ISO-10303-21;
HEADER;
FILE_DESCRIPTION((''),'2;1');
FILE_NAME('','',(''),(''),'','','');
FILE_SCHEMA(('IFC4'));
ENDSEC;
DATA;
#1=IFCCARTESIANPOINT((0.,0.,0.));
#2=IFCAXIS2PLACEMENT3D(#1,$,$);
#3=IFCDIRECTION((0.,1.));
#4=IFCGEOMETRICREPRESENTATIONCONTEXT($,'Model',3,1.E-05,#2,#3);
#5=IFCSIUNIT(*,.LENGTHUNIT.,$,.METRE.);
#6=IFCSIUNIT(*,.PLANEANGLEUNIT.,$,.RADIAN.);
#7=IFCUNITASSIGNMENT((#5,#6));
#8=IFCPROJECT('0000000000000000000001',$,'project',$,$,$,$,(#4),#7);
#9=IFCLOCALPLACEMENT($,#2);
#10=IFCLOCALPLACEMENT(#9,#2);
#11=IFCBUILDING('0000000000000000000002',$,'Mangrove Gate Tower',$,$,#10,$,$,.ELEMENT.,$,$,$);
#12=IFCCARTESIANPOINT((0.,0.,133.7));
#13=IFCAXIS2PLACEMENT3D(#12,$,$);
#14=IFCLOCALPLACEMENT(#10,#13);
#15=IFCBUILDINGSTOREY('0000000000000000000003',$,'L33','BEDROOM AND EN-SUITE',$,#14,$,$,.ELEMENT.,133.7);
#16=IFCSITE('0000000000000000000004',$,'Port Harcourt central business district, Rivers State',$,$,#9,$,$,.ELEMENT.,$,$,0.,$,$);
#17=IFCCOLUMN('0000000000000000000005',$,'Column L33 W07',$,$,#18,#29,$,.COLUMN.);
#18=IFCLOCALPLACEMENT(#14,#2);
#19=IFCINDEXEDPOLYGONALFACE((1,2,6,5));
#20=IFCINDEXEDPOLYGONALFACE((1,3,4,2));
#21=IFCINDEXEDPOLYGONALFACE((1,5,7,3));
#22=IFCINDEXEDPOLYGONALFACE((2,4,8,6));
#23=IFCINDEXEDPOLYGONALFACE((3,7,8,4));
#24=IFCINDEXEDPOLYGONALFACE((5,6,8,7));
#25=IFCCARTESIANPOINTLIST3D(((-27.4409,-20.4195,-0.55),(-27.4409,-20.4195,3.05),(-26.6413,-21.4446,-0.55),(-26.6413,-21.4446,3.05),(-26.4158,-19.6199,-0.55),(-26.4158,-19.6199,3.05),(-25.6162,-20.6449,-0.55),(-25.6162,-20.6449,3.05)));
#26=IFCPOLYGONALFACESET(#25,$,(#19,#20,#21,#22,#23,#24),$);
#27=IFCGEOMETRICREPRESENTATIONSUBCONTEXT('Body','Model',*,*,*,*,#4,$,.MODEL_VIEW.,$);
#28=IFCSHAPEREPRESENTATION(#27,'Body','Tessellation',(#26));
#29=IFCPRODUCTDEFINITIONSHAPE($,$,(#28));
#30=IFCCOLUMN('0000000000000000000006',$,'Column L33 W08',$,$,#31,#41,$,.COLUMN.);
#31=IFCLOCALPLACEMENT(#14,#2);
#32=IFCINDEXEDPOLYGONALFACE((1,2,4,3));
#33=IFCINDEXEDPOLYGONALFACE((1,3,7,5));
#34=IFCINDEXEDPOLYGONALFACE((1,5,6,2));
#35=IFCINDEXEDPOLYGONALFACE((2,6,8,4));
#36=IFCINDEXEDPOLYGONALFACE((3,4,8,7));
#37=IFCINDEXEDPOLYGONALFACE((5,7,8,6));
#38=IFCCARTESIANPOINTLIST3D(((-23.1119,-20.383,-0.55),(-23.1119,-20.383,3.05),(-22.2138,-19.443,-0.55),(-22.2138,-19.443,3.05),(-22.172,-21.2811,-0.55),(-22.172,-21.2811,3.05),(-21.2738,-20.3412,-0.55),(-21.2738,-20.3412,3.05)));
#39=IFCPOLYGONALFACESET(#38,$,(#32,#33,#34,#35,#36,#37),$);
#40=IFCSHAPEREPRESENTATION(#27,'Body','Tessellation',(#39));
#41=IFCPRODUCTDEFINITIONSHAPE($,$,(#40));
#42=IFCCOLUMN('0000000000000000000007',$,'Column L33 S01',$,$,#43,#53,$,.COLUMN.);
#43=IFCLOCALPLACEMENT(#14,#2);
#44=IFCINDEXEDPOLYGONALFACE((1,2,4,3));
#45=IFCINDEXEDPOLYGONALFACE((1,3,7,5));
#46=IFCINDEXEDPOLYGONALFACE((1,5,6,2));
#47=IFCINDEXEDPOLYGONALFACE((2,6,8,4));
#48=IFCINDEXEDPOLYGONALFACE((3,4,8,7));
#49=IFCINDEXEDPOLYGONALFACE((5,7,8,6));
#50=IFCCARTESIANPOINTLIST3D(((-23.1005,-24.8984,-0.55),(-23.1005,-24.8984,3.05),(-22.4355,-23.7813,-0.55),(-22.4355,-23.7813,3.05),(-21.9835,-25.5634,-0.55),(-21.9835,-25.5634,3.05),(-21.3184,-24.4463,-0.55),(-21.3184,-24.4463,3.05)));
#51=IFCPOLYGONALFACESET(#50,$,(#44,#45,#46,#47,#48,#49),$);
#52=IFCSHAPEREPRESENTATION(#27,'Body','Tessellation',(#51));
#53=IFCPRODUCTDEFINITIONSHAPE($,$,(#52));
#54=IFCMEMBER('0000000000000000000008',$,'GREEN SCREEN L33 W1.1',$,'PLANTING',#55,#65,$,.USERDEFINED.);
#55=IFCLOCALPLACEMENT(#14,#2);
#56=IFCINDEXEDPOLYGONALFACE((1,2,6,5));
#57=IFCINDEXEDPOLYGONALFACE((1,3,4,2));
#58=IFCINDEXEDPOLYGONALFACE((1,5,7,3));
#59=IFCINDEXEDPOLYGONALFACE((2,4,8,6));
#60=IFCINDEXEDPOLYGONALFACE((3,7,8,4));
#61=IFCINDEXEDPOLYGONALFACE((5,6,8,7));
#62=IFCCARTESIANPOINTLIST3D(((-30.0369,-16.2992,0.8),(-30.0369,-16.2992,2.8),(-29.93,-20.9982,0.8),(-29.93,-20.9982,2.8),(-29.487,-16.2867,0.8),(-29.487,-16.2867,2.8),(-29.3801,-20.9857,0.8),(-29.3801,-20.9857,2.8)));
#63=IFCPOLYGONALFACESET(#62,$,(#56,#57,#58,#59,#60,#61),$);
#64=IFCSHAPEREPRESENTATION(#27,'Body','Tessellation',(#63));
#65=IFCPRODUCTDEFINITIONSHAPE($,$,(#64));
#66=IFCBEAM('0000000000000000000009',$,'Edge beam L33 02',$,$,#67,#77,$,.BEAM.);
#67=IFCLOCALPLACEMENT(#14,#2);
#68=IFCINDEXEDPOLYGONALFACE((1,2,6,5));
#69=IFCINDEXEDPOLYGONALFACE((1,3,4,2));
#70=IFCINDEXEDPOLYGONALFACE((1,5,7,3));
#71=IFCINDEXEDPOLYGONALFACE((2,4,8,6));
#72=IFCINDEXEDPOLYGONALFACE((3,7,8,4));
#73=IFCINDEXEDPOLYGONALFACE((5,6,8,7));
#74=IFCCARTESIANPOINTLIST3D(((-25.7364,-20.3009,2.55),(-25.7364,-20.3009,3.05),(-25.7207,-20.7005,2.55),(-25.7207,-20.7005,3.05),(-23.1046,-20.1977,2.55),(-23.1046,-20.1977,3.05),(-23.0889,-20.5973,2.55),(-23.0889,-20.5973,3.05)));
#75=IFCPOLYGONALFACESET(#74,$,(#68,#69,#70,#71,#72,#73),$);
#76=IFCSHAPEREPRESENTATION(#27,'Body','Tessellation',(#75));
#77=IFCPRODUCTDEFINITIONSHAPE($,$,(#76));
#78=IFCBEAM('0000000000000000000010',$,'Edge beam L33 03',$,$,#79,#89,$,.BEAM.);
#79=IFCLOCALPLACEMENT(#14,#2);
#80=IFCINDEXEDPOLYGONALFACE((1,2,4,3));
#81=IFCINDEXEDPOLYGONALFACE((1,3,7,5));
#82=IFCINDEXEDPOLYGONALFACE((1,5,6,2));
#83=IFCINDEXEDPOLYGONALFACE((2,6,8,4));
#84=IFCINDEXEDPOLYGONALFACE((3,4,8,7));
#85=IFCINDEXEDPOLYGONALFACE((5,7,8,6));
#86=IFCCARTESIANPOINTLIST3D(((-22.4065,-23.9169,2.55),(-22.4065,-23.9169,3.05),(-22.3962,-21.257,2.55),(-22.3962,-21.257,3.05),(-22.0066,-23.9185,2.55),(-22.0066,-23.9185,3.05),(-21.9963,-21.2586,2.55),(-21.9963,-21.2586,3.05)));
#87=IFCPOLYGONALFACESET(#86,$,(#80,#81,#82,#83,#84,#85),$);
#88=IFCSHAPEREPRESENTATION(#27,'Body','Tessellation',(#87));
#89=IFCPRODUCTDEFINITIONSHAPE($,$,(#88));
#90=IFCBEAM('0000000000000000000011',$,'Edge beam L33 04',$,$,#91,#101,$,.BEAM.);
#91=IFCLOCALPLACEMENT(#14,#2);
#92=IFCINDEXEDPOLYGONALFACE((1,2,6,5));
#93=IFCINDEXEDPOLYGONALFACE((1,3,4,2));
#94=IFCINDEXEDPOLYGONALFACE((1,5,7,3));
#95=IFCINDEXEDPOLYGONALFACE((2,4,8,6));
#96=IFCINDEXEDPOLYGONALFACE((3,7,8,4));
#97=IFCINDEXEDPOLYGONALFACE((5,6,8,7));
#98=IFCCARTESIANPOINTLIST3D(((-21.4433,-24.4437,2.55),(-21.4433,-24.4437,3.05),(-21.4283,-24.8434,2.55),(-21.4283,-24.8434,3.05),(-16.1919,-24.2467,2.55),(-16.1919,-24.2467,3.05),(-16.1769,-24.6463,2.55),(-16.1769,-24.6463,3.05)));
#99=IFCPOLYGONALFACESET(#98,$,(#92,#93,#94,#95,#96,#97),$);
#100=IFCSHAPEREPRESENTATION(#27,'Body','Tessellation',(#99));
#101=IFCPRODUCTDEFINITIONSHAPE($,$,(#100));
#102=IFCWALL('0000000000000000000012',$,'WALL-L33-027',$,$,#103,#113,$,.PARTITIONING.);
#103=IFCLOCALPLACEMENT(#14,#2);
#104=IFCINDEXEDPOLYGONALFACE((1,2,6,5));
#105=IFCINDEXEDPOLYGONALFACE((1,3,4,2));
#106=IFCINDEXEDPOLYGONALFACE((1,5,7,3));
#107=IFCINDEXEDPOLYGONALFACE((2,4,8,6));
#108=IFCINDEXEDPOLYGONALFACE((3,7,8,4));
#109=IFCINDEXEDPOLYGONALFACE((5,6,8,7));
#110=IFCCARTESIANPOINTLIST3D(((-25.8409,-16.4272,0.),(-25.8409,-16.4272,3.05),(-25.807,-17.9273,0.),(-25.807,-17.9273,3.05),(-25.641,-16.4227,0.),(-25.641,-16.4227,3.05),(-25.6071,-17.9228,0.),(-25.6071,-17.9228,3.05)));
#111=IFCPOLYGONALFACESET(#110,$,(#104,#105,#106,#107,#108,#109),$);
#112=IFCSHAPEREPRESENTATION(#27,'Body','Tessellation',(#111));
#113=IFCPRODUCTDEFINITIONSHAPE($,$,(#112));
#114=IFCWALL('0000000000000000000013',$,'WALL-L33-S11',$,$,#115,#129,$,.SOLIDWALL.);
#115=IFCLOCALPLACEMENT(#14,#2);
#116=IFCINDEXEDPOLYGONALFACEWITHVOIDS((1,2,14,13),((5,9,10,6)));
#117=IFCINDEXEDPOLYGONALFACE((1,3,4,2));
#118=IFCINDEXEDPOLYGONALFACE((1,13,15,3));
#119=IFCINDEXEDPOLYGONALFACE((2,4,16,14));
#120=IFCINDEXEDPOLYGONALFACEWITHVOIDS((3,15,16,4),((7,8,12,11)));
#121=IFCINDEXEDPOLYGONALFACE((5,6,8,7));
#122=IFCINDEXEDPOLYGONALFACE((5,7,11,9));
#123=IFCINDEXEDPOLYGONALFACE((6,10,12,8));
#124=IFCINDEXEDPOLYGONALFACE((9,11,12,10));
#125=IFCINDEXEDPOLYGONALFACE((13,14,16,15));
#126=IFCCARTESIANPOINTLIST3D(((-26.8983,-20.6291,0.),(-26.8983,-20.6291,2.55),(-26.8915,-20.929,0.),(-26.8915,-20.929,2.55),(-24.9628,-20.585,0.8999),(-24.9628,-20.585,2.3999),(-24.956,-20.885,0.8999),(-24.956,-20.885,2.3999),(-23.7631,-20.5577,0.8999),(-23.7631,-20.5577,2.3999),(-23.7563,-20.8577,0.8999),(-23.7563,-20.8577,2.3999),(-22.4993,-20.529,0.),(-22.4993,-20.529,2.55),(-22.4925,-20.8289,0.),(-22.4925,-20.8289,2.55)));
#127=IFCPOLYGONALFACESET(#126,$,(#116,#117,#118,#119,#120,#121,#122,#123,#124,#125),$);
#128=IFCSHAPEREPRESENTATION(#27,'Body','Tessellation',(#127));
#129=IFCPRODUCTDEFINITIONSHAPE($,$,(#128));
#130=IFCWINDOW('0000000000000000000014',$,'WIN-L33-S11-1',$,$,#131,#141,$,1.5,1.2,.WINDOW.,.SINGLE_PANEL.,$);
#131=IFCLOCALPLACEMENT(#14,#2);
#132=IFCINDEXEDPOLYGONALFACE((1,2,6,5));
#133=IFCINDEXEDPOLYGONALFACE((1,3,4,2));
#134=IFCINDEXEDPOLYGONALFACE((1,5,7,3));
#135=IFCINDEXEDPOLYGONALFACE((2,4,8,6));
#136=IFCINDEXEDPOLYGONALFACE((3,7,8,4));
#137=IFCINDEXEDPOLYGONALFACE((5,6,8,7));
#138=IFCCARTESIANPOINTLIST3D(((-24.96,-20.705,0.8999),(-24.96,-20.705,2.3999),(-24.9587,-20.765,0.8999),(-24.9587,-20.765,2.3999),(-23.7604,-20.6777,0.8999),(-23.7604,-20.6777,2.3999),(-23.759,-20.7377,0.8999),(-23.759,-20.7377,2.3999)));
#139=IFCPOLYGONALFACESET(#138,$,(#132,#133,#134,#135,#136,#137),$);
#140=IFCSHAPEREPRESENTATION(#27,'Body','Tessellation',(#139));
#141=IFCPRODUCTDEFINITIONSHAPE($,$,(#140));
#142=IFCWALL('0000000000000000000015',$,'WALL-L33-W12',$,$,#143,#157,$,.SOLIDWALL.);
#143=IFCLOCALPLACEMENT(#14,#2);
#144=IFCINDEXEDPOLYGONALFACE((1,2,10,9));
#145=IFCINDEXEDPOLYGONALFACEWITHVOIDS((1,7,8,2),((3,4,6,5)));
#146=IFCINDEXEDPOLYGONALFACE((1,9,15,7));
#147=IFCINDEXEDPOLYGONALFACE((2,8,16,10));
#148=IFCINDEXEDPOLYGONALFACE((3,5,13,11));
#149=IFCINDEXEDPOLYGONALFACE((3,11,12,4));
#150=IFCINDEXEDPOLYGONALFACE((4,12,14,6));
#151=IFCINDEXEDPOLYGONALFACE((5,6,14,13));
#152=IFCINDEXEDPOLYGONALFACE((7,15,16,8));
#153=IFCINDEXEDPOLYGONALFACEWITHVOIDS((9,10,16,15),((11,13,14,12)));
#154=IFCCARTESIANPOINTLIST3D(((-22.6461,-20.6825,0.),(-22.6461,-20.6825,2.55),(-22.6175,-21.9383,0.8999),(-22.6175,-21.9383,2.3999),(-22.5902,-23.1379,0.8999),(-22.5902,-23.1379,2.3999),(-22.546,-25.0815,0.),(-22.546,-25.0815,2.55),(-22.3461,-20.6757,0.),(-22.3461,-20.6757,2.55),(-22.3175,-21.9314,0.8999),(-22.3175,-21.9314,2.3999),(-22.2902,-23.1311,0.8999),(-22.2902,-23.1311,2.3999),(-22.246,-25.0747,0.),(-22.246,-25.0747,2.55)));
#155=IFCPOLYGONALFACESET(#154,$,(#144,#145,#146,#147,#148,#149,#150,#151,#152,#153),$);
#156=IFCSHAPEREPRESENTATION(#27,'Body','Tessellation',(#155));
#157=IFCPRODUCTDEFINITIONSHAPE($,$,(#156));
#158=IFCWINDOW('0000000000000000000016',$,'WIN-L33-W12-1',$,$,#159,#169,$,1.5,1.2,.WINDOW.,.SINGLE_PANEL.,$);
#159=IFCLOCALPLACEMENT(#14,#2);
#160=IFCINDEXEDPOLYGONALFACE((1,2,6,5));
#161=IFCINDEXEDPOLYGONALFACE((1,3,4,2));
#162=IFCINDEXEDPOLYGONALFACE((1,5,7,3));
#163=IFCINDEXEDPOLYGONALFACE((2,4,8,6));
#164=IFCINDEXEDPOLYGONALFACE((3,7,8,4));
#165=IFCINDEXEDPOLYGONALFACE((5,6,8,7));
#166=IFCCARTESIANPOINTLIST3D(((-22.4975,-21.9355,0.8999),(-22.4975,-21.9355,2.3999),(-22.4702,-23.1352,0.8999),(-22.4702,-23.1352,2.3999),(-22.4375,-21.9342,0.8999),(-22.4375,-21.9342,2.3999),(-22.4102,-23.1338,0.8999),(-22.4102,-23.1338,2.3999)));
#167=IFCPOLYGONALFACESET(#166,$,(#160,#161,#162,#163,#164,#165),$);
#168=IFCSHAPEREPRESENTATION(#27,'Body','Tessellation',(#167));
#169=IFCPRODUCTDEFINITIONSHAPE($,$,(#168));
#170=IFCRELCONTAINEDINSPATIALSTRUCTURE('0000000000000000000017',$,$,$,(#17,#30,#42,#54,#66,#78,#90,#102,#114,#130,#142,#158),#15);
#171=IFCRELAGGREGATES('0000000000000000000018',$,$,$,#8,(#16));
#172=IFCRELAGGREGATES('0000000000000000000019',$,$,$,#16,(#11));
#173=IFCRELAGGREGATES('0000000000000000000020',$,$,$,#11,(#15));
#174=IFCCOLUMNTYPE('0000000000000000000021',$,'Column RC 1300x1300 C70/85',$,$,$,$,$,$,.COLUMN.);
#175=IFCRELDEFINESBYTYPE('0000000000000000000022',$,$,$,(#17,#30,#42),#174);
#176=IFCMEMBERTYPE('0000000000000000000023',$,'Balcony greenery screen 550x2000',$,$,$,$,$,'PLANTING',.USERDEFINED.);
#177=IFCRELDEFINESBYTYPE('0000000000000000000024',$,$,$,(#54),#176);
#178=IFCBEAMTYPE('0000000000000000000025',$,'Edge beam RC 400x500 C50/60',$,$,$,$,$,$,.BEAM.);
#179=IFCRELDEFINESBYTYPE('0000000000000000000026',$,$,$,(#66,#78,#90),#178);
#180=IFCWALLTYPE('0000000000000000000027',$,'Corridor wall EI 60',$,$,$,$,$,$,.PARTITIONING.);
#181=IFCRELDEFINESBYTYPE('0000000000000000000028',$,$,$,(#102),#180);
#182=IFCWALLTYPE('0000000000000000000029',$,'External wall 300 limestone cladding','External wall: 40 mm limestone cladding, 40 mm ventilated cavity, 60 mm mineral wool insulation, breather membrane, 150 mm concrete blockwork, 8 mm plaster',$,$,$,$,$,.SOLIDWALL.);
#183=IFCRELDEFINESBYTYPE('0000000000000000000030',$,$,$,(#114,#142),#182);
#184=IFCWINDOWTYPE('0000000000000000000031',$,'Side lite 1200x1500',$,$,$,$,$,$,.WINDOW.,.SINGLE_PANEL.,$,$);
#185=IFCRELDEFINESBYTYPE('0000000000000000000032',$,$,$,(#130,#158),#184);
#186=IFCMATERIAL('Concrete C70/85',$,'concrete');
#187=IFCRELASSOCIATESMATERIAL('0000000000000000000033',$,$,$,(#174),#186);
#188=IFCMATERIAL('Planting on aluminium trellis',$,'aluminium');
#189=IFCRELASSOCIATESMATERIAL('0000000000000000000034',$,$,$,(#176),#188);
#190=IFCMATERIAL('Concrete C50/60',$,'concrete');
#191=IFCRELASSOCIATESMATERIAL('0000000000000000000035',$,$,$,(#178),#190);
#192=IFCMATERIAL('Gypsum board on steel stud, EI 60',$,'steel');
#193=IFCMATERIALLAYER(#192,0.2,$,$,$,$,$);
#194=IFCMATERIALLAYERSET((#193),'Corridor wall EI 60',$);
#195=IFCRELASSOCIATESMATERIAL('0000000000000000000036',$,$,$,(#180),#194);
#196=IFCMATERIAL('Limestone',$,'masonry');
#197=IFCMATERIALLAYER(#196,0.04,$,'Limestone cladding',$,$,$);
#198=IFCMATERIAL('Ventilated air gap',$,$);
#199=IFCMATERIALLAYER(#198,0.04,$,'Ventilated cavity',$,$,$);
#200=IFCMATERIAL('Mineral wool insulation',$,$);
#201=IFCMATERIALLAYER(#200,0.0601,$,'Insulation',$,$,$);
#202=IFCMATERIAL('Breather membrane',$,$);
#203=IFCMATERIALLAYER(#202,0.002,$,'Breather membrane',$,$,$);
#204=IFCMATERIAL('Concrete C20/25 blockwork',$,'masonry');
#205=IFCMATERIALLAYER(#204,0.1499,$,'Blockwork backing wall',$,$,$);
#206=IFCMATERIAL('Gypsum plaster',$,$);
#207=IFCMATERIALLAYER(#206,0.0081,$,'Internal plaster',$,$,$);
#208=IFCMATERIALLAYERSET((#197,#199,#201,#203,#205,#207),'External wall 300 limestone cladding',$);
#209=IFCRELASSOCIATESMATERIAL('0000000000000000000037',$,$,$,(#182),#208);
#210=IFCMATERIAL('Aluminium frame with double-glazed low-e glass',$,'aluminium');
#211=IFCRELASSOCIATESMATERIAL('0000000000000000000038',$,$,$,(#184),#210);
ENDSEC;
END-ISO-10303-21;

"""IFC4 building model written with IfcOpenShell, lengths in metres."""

from ifc_helpers import new_model, si_unit, direction, frame, frame_2d, origin, origin_2d, place, context, subcontext, project, spatial, rectangle, extrude, material, layer, layer_set, material_profile, profile_set, type_object, element, fill, save


model = new_model("IFC4")

# Units and contexts
model_context = context("Model", 3, precision=1e-05, world=origin(), true_north=direction((0.0, 1.0)))
body_context = subcontext(model_context, "Body", "Model", "MODEL_VIEW")
ifc_project = project(units=[si_unit("LENGTHUNIT", "METRE"), si_unit("PLANEANGLEUNIT", "RADIAN")], contexts=[model_context])

# Site, building, storey
site_placement = place(None, origin())
site = spatial("IfcSite", under=ifc_project, at=site_placement, Name="Port Harcourt central business district, Rivers State", CompositionType="ELEMENT", RefElevation=0.0)
building_placement = place(site_placement, origin())
building = spatial("IfcBuilding", under=site, at=building_placement, Name="Mangrove Gate Tower", CompositionType="ELEMENT")
storey_placement = place(building_placement, frame((0.0, 0.0, 133.7)))
storey = spatial("IfcBuildingStorey", under=building, at=storey_placement, Name="L33", Description="BEDROOM AND EN-SUITE", CompositionType="ELEMENT", Elevation=133.7)

# Columns
ifc_material_1 = material(Name="Concrete C70/85", Category="concrete")
ifc_material_profile_1 = material_profile(ifc_material_1, rectangle(XDim=1.3, YDim=1.3, at=origin_2d()))
ifc_profile_set_1 = profile_set([ifc_material_profile_1], Name="Concrete C70/85")
column_type = type_object("IfcColumnType", Name="Column RC 1300x1300 C70/85", PredefinedType="COLUMN", material=ifc_profile_set_1)
for number, where, z_axis, x_axis, name in (
    (1, (-26.5286, -20.5322, -0.55), (0.0, 0.0, 1.0), (0.615067, -0.788475, 0.0), "Column L33 W07"),
    (2, (-22.1929, -20.3621, -0.55), (0.0, 0.0, 1.0), (0.722994, -0.690854, 0.0), "Column L33 W08"),
    (3, (-22.2095, -24.6724, -0.55), (0.0, 0.0, 1.0), (0.859255, -0.511547, 0.0), "Column L33 S01"),
):
    element("IfcColumn", number, at=place(storey_placement, frame(where, z_axis=z_axis, x_axis=x_axis)), inside=storey, type_object=column_type, Name=name, PredefinedType="COLUMN", context=body_context, shape_type="SweptSolid", body=[
        extrude(rectangle(XDim=1.3, YDim=1.3, at=origin_2d()), origin(), (0.0, 0.0, 1.0), 3.6001),
    ])

# Member
ifc_material_2 = material(Name="Planting on aluminium trellis", Category="aluminium")
ifc_material_profile_2 = material_profile(ifc_material_2, rectangle(XDim=0.55, YDim=2.0, at=origin_2d()))
ifc_profile_set_2 = profile_set([ifc_material_profile_2], Name="Planting on aluminium trellis")
member_type = type_object("IfcMemberType", Name="Balcony greenery screen 550x2000", ElementType="PLANTING", PredefinedType="USERDEFINED", material=ifc_profile_set_2)
member_placement = place(storey_placement, frame((-29.655, -20.9919, 1.8), z_axis=(-0.022751, 0.999741, 0.0), x_axis=(-0.999741, -0.022751, 0.0)))
element("IfcMember", 4, at=member_placement, inside=storey, type_object=member_type, Name="GREEN SCREEN L33 W1.1", ObjectType="PLANTING", PredefinedType="USERDEFINED", context=body_context, shape_type="SweptSolid", body=[
    extrude(rectangle(XDim=0.55, YDim=2.0, at=origin_2d()), origin(), (0.0, 0.0, 1.0), 4.7002),
])

# Beams
ifc_material_3 = material(Name="Concrete C50/60", Category="concrete")
ifc_material_profile_3 = material_profile(ifc_material_3, rectangle(XDim=0.3999, YDim=0.5, at=origin_2d()))
ifc_profile_set_3 = profile_set([ifc_material_profile_3], Name="Concrete C50/60")
beam_type = type_object("IfcBeamType", Name="Edge beam RC 400x500 C50/60", PredefinedType="BEAM", material=ifc_profile_set_3)
beam_1_placement = place(storey_placement, frame((-25.7285, -20.5007, 2.8), z_axis=(0.999231, 0.039209, 0.0), x_axis=(-0.039209, 0.999231, 0.0)))
element("IfcBeam", 5, at=beam_1_placement, inside=storey, type_object=beam_type, Name="Edge beam L33 02", PredefinedType="BEAM", context=body_context, shape_type="SweptSolid", body=[
    extrude(rectangle(XDim=0.3999, YDim=0.5, at=origin_2d()), origin(), (0.0, 0.0, 1.0), 2.6338),
])
beam_2_placement = place(storey_placement, frame((-22.1963, -21.2578, 2.8), z_axis=(-0.003855, -0.999993, 0.0), x_axis=(0.999993, -0.003855, 0.0)))
element("IfcBeam", 6, at=beam_2_placement, inside=storey, type_object=beam_type, Name="Edge beam L33 03", PredefinedType="BEAM", context=body_context, shape_type="SweptSolid", body=[
    extrude(rectangle(XDim=0.3999, YDim=0.5, at=origin_2d()), origin(), (0.0, 0.0, 1.0), 2.6599),
])
beam_3_placement = place(storey_placement, frame((-21.4358, -24.6436, 2.8), z_axis=(0.999297, 0.037491, 0.0), x_axis=(-0.037491, 0.999297, 0.0)))
element("IfcBeam", 7, at=beam_3_placement, inside=storey, type_object=beam_type, Name="Edge beam L33 04", PredefinedType="BEAM", context=body_context, shape_type="SweptSolid", body=[
    extrude(rectangle(XDim=0.3999, YDim=0.5, at=origin_2d()), origin(), (0.0, 0.0, 1.0), 5.2551),
])

# Wall
ifc_material_4 = material(Name="Gypsum board on steel stud, EI 60", Category="steel")
ifc_layer_1 = layer(ifc_material_4, 0.2)
ifc_layer_set_1 = layer_set([ifc_layer_1], Name="Corridor wall EI 60")
wall_type_1 = type_object("IfcWallType", Name="Corridor wall EI 60", PredefinedType="PARTITIONING", material=ifc_layer_set_1)
wall_1_placement = place(storey_placement, frame((-25.707, -17.925, 0.0), z_axis=(0.0, 0.0, 1.0), x_axis=(-0.022618, 0.999744, 0.0)))
element("IfcWall", 8, at=wall_1_placement, inside=storey, type_object=wall_type_1, Name="WALL-L33-027", PredefinedType="PARTITIONING", context=body_context, shape_type="SweptSolid", body=[
    extrude(rectangle(XDim=1.5005, YDim=0.2, at=frame_2d((0.7502, 0.0))), origin(), (0.0, 0.0, 1.0), 3.05),
])

# Walls, openings, windows
ifc_material_5 = material(Name="Limestone", Category="masonry")
ifc_layer_2 = layer(ifc_material_5, 0.04, Name="Limestone cladding")
ifc_material_6 = material(Name="Ventilated air gap")
ifc_layer_3 = layer(ifc_material_6, 0.04, Name="Ventilated cavity")
ifc_material_7 = material(Name="Mineral wool insulation")
ifc_layer_4 = layer(ifc_material_7, 0.0601, Name="Insulation")
ifc_material_8 = material(Name="Breather membrane")
ifc_layer_5 = layer(ifc_material_8, 0.002, Name="Breather membrane")
ifc_material_9 = material(Name="Concrete C20/25 blockwork", Category="masonry")
ifc_layer_6 = layer(ifc_material_9, 0.1499, Name="Blockwork backing wall")
ifc_material_10 = material(Name="Gypsum plaster")
ifc_layer_7 = layer(ifc_material_10, 0.0081, Name="Internal plaster")
ifc_layer_set_2 = layer_set([ifc_layer_2, ifc_layer_3, ifc_layer_4, ifc_layer_5, ifc_layer_6, ifc_layer_7], Name="External wall 300 limestone cladding")
wall_type_2 = type_object("IfcWallType", Name="External wall 300 limestone cladding", Description="External wall: 40 mm limestone cladding, 40 mm ventilated cavity, 60 mm mineral wool insulation, breather membrane, 150 mm concrete blockwork, 8 mm plaster", PredefinedType="SOLIDWALL", material=ifc_layer_set_2)
wall_2_placement = place(storey_placement, frame((-26.895, -20.7791, 0.0), z_axis=(0.0, 0.0, 1.0), x_axis=(0.999741, 0.022749, 0.0)))
wall_2 = element("IfcWall", 9, at=wall_2_placement, inside=storey, type_object=wall_type_2, Name="WALL-L33-S11", PredefinedType="SOLIDWALL", context=body_context, shape_type="SweptSolid", body=[
    extrude(rectangle(XDim=4.4001, YDim=0.3, at=frame_2d((2.2002, 0.0))), origin(), (0.0, 0.0, 1.0), 2.55),
])
opening_1_placement = place(wall_2_placement, frame((1.936, 0.0, 0.8999)))
opening_1 = element("IfcOpeningElement", 10, at=opening_1_placement, cuts=wall_2, PredefinedType="OPENING", context=body_context, shape_type="SweptSolid", body=[
    extrude(rectangle(XDim=1.2, YDim=1.5, at=frame_2d((0.6001, 0.75))), frame((0.0, 0.1599, 0.0), z_axis=(0.0, -1.0, 0.0), x_axis=(1.0, 0.0, 0.0)), (0.0, 0.0, 1.0), 0.3201),
])
ifc_material_11 = material(Name="Aluminium frame with double-glazed low-e glass", Category="aluminium")
window_type_1 = type_object("IfcWindowType", Name="Side lite 1200x1500", PartitioningType="SINGLE_PANEL", PredefinedType="WINDOW", material=ifc_material_11)
window_1_placement = place(opening_1_placement, origin())
window_1 = element("IfcWindow", 11, at=window_1_placement, inside=storey, type_object=window_type_1, Name="WIN-L33-S11-1", OverallHeight=1.5, OverallWidth=1.2, PartitioningType="SINGLE_PANEL", PredefinedType="WINDOW", context=body_context, shape_type="SweptSolid", body=[
    extrude(rectangle(XDim=1.2, YDim=1.5, at=frame_2d((0.6001, 0.75))), frame((0.0, 0.03, 0.0), z_axis=(0.0, -1.0, 0.0), x_axis=(1.0, 0.0, 0.0)), (0.0, 0.0, 1.0), 0.0601),
])
fill(opening_1, window_1)
wall_3_placement = place(storey_placement, frame((-22.4961, -20.679, 0.0), z_axis=(0.0, 0.0, 1.0), x_axis=(0.022749, -0.999741, 0.0)))
wall_3 = element("IfcWall", 12, at=wall_3_placement, inside=storey, type_object=wall_type_2, Name="WALL-L33-W12", PredefinedType="SOLIDWALL", context=body_context, shape_type="SweptSolid", body=[
    extrude(rectangle(XDim=4.4001, YDim=0.3, at=frame_2d((2.2002, 0.0))), origin(), (0.0, 0.0, 1.0), 2.55),
])
opening_2_placement = place(wall_3_placement, frame((1.2561, 0.0, 0.8999)))
opening_2 = element("IfcOpeningElement", 13, at=opening_2_placement, cuts=wall_3, PredefinedType="OPENING", context=body_context, shape_type="SweptSolid", body=[
    extrude(rectangle(XDim=1.2, YDim=1.5, at=frame_2d((0.6001, 0.75))), frame((0.0, 0.1599, 0.0), z_axis=(0.0, -1.0, 0.0), x_axis=(1.0, 0.0, 0.0)), (0.0, 0.0, 1.0), 0.3201),
])
window_2_placement = place(opening_2_placement, origin())
window_2 = element("IfcWindow", 14, at=window_2_placement, inside=storey, type_object=window_type_1, Name="WIN-L33-W12-1", OverallHeight=1.5, OverallWidth=1.2, PartitioningType="SINGLE_PANEL", PredefinedType="WINDOW", context=body_context, shape_type="SweptSolid", body=[
    extrude(rectangle(XDim=1.2, YDim=1.5, at=frame_2d((0.6001, 0.75))), frame((0.0, 0.03, 0.0), z_axis=(0.0, -1.0, 0.0), x_axis=(1.0, 0.0, 0.0)), (0.0, 0.0, 1.0), 0.0601),
])
fill(opening_2, window_2)

save(model, "model.ifc")
